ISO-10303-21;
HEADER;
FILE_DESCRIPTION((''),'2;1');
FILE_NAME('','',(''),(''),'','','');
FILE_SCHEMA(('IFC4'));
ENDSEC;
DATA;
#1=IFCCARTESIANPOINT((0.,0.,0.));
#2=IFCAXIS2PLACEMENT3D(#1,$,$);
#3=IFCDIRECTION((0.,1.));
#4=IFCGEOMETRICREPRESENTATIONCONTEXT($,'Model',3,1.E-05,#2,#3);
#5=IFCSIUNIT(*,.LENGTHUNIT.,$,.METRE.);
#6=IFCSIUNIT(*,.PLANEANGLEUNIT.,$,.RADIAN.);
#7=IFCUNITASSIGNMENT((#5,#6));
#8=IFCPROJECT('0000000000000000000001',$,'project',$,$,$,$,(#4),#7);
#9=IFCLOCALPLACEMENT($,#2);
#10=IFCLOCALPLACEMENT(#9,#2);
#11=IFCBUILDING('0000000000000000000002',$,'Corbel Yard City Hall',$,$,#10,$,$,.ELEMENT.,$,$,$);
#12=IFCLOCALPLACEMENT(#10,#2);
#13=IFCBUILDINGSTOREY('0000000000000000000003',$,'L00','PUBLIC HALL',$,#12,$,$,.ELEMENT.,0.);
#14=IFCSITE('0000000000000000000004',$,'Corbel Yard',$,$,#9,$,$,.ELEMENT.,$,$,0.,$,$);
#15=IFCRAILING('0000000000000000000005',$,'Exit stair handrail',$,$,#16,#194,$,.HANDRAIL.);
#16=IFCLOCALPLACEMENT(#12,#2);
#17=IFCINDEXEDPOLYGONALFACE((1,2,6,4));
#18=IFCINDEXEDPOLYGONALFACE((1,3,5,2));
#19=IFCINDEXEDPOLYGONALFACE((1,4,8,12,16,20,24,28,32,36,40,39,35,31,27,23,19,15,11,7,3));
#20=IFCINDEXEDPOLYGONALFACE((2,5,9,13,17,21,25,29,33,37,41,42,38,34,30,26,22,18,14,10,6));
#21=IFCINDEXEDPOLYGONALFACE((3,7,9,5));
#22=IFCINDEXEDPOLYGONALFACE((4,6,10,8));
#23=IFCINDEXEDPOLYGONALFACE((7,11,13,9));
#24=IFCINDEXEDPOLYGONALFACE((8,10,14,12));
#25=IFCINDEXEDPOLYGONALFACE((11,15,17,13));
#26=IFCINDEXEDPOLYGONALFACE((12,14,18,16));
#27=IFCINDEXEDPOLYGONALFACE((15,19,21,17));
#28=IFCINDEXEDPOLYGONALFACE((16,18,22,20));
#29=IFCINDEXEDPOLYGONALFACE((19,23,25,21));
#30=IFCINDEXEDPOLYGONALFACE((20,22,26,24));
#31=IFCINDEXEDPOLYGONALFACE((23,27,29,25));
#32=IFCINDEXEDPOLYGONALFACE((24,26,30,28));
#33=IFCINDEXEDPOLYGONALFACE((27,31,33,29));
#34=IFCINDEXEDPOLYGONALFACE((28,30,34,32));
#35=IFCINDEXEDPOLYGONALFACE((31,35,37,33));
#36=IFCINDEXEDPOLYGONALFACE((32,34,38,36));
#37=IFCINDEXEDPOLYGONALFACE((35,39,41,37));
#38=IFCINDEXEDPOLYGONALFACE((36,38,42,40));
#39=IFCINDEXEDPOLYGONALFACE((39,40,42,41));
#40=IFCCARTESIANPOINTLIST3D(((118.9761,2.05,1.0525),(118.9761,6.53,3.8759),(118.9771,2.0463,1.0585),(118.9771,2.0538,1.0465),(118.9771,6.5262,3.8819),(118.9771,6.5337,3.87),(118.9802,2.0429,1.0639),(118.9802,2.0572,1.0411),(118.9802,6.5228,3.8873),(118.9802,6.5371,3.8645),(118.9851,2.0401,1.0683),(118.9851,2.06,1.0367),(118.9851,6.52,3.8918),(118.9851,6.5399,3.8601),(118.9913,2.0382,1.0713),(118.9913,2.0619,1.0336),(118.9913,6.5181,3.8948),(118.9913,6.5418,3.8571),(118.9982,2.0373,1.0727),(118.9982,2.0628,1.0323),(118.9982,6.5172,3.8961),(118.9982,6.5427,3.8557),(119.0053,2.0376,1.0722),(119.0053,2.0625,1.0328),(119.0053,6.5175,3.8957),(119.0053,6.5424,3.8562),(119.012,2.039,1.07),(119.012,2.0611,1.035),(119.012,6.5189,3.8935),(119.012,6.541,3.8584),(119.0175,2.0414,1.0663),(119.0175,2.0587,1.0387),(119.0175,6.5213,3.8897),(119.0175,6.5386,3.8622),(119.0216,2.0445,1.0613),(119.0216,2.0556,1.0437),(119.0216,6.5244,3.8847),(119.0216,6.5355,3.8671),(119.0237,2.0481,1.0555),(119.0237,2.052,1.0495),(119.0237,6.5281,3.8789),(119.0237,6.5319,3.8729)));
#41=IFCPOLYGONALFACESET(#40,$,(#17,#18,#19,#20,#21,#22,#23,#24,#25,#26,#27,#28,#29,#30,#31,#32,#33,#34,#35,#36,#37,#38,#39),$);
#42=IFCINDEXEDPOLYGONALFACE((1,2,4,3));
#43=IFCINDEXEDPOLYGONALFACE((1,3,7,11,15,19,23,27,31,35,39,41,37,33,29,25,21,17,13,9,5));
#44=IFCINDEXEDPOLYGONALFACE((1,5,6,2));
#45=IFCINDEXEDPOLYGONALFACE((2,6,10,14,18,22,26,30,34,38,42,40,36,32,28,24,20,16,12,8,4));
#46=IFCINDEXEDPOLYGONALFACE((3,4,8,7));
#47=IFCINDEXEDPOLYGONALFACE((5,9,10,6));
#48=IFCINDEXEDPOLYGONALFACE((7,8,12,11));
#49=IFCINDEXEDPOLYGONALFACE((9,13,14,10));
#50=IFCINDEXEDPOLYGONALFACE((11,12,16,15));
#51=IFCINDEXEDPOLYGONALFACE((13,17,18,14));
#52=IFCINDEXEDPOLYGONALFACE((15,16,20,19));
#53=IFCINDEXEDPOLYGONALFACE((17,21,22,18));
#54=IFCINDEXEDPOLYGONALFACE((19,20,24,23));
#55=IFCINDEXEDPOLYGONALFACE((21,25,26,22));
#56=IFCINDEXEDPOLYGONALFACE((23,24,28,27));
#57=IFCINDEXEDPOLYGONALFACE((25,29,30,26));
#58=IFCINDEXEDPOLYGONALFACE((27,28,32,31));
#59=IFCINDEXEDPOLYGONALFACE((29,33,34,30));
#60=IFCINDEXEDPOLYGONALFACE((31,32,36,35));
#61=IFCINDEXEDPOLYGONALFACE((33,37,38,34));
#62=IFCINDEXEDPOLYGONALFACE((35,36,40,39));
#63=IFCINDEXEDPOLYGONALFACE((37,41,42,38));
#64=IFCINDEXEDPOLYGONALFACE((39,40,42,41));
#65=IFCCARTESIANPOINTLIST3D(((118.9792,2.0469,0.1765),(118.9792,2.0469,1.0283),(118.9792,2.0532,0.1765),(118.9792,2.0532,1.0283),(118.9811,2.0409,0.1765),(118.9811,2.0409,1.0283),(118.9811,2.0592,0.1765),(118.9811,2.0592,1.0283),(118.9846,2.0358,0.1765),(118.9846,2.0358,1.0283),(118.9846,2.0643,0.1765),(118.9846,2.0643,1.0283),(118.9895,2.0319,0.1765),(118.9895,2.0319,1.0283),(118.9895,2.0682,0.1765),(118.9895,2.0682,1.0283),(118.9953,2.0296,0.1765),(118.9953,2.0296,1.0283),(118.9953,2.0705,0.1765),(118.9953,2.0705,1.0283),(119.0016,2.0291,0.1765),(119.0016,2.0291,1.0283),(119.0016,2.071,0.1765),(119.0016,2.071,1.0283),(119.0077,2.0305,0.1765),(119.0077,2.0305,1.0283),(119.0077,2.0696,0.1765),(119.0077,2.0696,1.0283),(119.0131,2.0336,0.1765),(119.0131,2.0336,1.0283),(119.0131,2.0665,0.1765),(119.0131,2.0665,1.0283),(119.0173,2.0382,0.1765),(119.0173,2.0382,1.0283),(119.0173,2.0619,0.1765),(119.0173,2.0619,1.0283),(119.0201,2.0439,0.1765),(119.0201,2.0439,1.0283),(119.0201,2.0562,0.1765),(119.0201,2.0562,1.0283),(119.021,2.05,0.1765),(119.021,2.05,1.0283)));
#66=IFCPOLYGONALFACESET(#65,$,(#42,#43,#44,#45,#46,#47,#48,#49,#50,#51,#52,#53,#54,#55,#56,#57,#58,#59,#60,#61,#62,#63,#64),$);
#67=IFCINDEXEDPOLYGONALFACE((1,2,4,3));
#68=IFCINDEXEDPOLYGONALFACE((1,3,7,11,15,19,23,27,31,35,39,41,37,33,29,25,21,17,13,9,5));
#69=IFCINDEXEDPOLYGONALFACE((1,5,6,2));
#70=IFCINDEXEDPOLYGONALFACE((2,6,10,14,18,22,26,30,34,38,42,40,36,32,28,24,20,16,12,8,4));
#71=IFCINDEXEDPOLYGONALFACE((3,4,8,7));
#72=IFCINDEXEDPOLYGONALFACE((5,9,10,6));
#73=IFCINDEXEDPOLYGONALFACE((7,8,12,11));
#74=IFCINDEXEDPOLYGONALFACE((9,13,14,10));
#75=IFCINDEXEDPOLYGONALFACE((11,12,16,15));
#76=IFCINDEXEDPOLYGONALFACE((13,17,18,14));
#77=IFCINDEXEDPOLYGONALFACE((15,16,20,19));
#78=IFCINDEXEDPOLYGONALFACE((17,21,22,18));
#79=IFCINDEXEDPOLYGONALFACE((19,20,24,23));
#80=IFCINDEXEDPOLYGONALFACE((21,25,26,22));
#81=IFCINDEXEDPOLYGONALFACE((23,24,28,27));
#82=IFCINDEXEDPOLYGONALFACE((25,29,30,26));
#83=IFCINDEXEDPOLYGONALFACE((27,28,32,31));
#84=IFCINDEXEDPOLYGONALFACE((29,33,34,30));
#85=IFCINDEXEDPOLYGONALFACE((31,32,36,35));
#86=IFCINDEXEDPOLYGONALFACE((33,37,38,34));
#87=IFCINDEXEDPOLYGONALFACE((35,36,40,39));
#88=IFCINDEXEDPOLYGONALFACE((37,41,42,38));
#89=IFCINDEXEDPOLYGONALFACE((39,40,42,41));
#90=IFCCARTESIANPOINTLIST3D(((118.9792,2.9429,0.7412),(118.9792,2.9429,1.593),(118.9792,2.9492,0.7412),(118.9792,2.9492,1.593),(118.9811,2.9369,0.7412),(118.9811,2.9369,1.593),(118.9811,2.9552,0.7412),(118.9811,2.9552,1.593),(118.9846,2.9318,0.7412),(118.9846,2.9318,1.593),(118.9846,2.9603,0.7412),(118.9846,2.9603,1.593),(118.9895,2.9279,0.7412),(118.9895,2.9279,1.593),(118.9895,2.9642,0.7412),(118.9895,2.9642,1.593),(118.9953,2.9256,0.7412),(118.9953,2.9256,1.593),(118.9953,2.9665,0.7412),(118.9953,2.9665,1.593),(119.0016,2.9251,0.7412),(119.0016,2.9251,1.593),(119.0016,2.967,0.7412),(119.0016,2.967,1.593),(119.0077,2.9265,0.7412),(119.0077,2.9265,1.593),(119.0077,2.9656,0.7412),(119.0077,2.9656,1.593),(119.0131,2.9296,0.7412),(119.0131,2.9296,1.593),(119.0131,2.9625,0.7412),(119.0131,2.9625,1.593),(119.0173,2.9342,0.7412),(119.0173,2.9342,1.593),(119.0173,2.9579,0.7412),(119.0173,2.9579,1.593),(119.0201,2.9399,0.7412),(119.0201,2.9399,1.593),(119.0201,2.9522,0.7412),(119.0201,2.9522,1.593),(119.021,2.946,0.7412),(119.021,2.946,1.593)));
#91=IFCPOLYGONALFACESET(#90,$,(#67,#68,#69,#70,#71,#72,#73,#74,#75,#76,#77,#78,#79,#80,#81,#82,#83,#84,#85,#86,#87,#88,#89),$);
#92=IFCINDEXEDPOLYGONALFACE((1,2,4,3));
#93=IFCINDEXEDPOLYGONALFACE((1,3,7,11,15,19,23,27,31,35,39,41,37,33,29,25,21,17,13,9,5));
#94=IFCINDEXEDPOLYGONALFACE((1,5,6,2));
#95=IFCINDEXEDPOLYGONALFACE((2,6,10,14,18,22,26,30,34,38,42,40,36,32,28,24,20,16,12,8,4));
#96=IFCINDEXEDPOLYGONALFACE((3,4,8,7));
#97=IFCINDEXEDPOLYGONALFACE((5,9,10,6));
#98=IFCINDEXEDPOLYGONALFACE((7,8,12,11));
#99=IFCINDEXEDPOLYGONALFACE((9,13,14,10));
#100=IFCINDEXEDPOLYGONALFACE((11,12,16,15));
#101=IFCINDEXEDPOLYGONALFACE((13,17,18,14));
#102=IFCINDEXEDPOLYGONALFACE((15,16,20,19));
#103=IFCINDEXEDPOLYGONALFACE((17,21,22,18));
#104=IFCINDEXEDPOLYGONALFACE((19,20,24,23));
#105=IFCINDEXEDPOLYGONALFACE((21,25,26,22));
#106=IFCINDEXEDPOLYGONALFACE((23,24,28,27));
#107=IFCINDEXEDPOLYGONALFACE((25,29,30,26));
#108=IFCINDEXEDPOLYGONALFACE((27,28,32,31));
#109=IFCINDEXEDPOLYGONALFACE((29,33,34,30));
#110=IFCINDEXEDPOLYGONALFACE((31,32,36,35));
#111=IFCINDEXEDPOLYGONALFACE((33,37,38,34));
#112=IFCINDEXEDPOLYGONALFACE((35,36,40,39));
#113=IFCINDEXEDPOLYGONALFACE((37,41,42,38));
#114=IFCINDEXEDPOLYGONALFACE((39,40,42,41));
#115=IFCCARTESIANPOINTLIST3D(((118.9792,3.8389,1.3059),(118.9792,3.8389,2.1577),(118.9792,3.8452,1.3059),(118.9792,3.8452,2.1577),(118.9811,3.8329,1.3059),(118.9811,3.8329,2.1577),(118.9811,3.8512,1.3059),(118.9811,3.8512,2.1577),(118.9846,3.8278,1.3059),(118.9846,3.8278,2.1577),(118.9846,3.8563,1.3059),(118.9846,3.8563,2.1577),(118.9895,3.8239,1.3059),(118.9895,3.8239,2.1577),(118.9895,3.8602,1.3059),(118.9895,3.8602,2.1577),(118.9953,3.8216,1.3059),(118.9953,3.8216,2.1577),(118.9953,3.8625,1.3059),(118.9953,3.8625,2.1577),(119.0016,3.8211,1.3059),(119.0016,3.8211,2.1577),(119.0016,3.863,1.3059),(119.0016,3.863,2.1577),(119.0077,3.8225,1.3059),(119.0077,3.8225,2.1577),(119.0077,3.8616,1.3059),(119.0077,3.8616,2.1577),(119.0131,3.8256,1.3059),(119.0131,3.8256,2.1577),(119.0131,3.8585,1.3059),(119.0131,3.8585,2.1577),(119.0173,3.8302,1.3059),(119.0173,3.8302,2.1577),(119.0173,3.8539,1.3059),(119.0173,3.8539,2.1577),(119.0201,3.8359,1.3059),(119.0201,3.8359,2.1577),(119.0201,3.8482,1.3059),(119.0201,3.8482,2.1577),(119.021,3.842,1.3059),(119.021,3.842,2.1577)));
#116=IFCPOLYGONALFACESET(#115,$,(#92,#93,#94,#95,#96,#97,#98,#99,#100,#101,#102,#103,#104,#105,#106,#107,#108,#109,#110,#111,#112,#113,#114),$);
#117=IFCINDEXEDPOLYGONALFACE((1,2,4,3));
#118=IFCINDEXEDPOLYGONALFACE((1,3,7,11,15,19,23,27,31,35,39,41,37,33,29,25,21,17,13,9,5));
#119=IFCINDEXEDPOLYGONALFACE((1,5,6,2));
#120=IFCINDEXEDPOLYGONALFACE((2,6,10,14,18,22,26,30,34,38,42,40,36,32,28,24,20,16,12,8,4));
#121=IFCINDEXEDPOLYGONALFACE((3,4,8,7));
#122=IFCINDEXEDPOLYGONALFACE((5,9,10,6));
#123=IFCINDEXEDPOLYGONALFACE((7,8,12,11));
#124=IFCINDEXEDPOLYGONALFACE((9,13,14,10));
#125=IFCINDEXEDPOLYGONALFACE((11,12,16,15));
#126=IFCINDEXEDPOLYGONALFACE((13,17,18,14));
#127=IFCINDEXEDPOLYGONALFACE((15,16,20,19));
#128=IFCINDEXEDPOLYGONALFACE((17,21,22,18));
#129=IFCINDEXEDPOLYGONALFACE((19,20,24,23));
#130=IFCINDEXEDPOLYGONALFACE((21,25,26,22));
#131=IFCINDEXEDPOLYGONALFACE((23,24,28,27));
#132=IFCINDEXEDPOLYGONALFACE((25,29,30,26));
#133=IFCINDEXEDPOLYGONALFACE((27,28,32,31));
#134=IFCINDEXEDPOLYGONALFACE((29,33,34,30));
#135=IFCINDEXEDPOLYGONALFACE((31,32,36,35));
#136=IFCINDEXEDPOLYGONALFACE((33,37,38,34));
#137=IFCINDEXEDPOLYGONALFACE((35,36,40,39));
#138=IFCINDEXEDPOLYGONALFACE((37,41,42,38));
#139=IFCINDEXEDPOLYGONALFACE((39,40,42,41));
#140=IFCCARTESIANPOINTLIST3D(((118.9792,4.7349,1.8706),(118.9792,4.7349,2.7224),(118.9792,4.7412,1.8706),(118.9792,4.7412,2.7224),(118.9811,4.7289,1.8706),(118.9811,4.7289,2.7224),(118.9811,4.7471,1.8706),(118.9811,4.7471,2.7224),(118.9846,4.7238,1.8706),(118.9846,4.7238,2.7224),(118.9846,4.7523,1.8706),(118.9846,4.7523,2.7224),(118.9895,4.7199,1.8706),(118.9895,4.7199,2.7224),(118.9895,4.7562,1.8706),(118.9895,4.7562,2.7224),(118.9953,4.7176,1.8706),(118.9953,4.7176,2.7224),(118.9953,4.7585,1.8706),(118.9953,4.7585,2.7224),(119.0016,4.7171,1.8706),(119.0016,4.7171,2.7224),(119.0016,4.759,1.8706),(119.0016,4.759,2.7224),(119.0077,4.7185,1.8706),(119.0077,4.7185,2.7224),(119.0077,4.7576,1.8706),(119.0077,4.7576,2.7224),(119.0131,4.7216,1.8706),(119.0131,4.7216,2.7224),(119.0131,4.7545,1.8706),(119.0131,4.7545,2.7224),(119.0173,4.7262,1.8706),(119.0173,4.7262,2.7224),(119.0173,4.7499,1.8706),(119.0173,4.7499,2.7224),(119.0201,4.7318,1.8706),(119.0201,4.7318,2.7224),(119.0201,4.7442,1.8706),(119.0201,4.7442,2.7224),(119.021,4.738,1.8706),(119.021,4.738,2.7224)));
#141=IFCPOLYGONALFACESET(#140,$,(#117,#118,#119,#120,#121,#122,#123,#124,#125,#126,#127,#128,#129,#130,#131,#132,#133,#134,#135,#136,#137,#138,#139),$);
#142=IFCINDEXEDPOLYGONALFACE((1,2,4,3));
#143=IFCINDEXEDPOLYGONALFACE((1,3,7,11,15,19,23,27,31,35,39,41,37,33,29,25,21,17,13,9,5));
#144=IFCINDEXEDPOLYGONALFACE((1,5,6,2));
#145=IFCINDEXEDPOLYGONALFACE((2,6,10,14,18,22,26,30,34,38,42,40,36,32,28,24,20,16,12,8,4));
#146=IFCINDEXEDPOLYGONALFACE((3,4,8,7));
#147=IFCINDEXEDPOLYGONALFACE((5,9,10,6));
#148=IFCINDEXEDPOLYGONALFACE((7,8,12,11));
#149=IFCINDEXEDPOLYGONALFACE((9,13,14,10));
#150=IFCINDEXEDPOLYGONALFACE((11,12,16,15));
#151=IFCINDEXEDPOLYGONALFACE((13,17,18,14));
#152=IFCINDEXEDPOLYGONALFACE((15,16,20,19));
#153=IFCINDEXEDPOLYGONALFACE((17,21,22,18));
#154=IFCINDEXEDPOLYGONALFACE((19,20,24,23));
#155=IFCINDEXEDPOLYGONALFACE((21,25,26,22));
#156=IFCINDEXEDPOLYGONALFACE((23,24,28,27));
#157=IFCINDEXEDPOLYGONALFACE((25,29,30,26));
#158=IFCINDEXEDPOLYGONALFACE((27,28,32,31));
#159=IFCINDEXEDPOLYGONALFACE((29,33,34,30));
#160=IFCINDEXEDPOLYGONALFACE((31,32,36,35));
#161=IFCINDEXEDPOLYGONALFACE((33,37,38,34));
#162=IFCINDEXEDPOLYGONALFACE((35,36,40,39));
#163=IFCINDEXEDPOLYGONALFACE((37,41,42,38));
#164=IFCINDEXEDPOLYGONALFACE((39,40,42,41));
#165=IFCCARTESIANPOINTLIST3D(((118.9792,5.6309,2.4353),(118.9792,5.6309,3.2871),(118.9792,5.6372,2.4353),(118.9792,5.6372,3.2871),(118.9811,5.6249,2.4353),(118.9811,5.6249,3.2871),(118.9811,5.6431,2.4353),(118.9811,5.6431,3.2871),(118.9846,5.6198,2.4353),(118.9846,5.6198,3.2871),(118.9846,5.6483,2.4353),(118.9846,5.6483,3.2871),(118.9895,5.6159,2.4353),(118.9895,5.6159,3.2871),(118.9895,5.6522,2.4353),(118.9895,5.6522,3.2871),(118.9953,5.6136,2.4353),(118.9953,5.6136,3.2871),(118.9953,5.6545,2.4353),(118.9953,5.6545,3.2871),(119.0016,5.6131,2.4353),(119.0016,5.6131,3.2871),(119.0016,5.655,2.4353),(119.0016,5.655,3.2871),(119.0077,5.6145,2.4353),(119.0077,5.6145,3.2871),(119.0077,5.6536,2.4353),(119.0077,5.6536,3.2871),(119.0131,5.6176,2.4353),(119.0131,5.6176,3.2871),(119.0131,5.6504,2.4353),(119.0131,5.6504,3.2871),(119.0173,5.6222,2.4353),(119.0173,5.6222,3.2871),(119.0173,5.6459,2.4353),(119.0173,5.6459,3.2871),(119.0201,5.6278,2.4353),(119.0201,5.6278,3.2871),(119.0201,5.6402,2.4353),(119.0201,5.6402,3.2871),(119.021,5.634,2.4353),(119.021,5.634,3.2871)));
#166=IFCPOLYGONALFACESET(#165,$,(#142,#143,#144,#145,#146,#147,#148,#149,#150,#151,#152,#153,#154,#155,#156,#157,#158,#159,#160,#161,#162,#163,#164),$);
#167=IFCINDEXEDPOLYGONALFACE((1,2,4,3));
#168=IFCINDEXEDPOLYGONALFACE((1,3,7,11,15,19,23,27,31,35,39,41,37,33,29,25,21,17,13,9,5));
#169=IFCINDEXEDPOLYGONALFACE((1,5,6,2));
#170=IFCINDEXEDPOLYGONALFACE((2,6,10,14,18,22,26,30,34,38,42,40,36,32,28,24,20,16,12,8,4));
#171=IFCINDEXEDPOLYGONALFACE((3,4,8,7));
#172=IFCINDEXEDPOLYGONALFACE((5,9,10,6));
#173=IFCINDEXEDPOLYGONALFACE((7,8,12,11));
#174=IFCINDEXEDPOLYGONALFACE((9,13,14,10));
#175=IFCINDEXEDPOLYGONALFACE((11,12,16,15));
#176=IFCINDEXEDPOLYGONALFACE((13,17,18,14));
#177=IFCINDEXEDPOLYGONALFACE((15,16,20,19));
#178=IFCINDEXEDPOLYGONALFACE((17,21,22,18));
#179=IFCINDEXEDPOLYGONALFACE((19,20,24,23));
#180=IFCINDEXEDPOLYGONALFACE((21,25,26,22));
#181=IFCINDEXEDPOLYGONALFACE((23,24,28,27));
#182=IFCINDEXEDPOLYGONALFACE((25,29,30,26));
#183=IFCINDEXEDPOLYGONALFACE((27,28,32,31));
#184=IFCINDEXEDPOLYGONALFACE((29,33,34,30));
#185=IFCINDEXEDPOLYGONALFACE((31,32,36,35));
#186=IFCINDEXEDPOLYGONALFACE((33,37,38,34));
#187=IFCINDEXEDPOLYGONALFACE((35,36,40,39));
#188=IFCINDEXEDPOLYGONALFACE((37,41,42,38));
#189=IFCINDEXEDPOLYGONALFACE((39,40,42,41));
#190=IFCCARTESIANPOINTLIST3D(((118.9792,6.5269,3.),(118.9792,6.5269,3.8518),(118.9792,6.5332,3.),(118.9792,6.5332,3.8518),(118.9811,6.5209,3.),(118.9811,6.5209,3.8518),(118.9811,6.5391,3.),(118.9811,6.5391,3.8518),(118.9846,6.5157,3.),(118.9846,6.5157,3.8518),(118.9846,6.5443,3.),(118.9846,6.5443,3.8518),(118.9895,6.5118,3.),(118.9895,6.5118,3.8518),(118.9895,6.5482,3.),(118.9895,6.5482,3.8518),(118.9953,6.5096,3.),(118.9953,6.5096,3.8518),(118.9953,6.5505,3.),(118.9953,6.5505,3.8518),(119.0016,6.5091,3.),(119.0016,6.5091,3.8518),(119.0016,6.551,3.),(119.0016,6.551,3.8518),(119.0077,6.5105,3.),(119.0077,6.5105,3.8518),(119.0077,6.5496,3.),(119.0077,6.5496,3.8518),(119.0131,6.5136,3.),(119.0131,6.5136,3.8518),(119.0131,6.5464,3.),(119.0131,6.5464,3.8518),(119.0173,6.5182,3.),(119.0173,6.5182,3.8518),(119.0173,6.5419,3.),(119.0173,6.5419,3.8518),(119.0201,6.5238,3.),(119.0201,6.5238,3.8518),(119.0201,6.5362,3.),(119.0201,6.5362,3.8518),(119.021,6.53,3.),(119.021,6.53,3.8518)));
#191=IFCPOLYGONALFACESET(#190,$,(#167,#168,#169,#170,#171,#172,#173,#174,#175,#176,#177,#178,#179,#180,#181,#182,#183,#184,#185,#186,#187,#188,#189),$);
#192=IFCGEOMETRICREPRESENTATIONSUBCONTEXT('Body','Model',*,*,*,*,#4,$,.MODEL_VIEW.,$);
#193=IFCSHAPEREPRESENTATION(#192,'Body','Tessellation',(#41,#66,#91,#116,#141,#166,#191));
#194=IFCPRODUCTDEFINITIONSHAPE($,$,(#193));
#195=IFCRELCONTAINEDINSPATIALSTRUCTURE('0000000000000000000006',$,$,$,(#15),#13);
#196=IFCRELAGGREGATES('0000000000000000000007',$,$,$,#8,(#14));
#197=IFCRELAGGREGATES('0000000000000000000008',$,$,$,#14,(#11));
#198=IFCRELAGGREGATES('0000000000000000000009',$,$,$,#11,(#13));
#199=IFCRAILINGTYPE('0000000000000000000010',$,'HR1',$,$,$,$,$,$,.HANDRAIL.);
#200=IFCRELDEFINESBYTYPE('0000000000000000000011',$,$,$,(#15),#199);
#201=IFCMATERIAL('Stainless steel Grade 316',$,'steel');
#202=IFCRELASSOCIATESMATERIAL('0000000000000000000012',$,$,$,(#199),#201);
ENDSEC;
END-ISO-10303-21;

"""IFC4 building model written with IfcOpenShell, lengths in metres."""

from ifc_helpers import new_model, si_unit, direction, frame, origin, origin_2d, place, context, subcontext, project, spatial, circle, extrude, material, type_object, element, save


model = new_model("IFC4")

# Units and contexts
model_context = context("Model", 3, precision=1e-05, world=origin(), true_north=direction((0.0, 1.0)))
body_context = subcontext(model_context, "Body", "Model", "MODEL_VIEW")
ifc_project = project(units=[si_unit("LENGTHUNIT", "METRE"), si_unit("PLANEANGLEUNIT", "RADIAN")], contexts=[model_context])

# Site, building, storey
site_placement = place(None, origin())
site = spatial("IfcSite", under=ifc_project, at=site_placement, Name="Corbel Yard", CompositionType="ELEMENT", RefElevation=0.0)
building_placement = place(site_placement, origin())
building = spatial("IfcBuilding", under=site, at=building_placement, Name="Corbel Yard City Hall", CompositionType="ELEMENT")
storey_placement = place(building_placement, origin())
storey = spatial("IfcBuildingStorey", under=building, at=storey_placement, Name="L00", Description="PUBLIC HALL", CompositionType="ELEMENT", Elevation=0.0)

# Shared definitions
ifc_material_1 = material(Name="Stainless steel Grade 316", Category="steel")

# Railing
railing_type = type_object("IfcRailingType", Name="HR1", PredefinedType="HANDRAIL", material=ifc_material_1)
railing_placement = place(storey_placement, frame((119.0, 2.05, 0.1765)))
element("IfcRailing", 1, at=railing_placement, inside=storey, type_object=railing_type, Name="Exit stair handrail", PredefinedType="HANDRAIL", context=body_context, shape_type="SweptSolid", body=[
    extrude(circle(Radius=0.0239, at=origin_2d()), frame((0.0, 0.0, 0.876), z_axis=(0.0, 0.845998, 0.533186), x_axis=(-1.0, 0.0, 0.0)), (0.0, 0.0, 1.0), 5.2954),
    extrude(circle(Radius=0.021, at=origin_2d()), origin(), (0.0, 0.0, 1.0), 0.8518),
    extrude(circle(Radius=0.021, at=origin_2d()), frame((0.0, 0.896, 0.5647)), (0.0, 0.0, 1.0), 0.8518),
    extrude(circle(Radius=0.021, at=origin_2d()), frame((0.0, 1.792, 1.1294)), (0.0, 0.0, 1.0), 0.8518),
    extrude(circle(Radius=0.021, at=origin_2d()), frame((0.0, 2.688, 1.6941)), (0.0, 0.0, 1.0), 0.8518),
    extrude(circle(Radius=0.021, at=origin_2d()), frame((0.0, 3.584, 2.2588)), (0.0, 0.0, 1.0), 0.8518),
    extrude(circle(Radius=0.021, at=origin_2d()), frame((0.0, 4.48, 2.8235)), (0.0, 0.0, 1.0), 0.8518),
])

save(model, "model.ifc")
